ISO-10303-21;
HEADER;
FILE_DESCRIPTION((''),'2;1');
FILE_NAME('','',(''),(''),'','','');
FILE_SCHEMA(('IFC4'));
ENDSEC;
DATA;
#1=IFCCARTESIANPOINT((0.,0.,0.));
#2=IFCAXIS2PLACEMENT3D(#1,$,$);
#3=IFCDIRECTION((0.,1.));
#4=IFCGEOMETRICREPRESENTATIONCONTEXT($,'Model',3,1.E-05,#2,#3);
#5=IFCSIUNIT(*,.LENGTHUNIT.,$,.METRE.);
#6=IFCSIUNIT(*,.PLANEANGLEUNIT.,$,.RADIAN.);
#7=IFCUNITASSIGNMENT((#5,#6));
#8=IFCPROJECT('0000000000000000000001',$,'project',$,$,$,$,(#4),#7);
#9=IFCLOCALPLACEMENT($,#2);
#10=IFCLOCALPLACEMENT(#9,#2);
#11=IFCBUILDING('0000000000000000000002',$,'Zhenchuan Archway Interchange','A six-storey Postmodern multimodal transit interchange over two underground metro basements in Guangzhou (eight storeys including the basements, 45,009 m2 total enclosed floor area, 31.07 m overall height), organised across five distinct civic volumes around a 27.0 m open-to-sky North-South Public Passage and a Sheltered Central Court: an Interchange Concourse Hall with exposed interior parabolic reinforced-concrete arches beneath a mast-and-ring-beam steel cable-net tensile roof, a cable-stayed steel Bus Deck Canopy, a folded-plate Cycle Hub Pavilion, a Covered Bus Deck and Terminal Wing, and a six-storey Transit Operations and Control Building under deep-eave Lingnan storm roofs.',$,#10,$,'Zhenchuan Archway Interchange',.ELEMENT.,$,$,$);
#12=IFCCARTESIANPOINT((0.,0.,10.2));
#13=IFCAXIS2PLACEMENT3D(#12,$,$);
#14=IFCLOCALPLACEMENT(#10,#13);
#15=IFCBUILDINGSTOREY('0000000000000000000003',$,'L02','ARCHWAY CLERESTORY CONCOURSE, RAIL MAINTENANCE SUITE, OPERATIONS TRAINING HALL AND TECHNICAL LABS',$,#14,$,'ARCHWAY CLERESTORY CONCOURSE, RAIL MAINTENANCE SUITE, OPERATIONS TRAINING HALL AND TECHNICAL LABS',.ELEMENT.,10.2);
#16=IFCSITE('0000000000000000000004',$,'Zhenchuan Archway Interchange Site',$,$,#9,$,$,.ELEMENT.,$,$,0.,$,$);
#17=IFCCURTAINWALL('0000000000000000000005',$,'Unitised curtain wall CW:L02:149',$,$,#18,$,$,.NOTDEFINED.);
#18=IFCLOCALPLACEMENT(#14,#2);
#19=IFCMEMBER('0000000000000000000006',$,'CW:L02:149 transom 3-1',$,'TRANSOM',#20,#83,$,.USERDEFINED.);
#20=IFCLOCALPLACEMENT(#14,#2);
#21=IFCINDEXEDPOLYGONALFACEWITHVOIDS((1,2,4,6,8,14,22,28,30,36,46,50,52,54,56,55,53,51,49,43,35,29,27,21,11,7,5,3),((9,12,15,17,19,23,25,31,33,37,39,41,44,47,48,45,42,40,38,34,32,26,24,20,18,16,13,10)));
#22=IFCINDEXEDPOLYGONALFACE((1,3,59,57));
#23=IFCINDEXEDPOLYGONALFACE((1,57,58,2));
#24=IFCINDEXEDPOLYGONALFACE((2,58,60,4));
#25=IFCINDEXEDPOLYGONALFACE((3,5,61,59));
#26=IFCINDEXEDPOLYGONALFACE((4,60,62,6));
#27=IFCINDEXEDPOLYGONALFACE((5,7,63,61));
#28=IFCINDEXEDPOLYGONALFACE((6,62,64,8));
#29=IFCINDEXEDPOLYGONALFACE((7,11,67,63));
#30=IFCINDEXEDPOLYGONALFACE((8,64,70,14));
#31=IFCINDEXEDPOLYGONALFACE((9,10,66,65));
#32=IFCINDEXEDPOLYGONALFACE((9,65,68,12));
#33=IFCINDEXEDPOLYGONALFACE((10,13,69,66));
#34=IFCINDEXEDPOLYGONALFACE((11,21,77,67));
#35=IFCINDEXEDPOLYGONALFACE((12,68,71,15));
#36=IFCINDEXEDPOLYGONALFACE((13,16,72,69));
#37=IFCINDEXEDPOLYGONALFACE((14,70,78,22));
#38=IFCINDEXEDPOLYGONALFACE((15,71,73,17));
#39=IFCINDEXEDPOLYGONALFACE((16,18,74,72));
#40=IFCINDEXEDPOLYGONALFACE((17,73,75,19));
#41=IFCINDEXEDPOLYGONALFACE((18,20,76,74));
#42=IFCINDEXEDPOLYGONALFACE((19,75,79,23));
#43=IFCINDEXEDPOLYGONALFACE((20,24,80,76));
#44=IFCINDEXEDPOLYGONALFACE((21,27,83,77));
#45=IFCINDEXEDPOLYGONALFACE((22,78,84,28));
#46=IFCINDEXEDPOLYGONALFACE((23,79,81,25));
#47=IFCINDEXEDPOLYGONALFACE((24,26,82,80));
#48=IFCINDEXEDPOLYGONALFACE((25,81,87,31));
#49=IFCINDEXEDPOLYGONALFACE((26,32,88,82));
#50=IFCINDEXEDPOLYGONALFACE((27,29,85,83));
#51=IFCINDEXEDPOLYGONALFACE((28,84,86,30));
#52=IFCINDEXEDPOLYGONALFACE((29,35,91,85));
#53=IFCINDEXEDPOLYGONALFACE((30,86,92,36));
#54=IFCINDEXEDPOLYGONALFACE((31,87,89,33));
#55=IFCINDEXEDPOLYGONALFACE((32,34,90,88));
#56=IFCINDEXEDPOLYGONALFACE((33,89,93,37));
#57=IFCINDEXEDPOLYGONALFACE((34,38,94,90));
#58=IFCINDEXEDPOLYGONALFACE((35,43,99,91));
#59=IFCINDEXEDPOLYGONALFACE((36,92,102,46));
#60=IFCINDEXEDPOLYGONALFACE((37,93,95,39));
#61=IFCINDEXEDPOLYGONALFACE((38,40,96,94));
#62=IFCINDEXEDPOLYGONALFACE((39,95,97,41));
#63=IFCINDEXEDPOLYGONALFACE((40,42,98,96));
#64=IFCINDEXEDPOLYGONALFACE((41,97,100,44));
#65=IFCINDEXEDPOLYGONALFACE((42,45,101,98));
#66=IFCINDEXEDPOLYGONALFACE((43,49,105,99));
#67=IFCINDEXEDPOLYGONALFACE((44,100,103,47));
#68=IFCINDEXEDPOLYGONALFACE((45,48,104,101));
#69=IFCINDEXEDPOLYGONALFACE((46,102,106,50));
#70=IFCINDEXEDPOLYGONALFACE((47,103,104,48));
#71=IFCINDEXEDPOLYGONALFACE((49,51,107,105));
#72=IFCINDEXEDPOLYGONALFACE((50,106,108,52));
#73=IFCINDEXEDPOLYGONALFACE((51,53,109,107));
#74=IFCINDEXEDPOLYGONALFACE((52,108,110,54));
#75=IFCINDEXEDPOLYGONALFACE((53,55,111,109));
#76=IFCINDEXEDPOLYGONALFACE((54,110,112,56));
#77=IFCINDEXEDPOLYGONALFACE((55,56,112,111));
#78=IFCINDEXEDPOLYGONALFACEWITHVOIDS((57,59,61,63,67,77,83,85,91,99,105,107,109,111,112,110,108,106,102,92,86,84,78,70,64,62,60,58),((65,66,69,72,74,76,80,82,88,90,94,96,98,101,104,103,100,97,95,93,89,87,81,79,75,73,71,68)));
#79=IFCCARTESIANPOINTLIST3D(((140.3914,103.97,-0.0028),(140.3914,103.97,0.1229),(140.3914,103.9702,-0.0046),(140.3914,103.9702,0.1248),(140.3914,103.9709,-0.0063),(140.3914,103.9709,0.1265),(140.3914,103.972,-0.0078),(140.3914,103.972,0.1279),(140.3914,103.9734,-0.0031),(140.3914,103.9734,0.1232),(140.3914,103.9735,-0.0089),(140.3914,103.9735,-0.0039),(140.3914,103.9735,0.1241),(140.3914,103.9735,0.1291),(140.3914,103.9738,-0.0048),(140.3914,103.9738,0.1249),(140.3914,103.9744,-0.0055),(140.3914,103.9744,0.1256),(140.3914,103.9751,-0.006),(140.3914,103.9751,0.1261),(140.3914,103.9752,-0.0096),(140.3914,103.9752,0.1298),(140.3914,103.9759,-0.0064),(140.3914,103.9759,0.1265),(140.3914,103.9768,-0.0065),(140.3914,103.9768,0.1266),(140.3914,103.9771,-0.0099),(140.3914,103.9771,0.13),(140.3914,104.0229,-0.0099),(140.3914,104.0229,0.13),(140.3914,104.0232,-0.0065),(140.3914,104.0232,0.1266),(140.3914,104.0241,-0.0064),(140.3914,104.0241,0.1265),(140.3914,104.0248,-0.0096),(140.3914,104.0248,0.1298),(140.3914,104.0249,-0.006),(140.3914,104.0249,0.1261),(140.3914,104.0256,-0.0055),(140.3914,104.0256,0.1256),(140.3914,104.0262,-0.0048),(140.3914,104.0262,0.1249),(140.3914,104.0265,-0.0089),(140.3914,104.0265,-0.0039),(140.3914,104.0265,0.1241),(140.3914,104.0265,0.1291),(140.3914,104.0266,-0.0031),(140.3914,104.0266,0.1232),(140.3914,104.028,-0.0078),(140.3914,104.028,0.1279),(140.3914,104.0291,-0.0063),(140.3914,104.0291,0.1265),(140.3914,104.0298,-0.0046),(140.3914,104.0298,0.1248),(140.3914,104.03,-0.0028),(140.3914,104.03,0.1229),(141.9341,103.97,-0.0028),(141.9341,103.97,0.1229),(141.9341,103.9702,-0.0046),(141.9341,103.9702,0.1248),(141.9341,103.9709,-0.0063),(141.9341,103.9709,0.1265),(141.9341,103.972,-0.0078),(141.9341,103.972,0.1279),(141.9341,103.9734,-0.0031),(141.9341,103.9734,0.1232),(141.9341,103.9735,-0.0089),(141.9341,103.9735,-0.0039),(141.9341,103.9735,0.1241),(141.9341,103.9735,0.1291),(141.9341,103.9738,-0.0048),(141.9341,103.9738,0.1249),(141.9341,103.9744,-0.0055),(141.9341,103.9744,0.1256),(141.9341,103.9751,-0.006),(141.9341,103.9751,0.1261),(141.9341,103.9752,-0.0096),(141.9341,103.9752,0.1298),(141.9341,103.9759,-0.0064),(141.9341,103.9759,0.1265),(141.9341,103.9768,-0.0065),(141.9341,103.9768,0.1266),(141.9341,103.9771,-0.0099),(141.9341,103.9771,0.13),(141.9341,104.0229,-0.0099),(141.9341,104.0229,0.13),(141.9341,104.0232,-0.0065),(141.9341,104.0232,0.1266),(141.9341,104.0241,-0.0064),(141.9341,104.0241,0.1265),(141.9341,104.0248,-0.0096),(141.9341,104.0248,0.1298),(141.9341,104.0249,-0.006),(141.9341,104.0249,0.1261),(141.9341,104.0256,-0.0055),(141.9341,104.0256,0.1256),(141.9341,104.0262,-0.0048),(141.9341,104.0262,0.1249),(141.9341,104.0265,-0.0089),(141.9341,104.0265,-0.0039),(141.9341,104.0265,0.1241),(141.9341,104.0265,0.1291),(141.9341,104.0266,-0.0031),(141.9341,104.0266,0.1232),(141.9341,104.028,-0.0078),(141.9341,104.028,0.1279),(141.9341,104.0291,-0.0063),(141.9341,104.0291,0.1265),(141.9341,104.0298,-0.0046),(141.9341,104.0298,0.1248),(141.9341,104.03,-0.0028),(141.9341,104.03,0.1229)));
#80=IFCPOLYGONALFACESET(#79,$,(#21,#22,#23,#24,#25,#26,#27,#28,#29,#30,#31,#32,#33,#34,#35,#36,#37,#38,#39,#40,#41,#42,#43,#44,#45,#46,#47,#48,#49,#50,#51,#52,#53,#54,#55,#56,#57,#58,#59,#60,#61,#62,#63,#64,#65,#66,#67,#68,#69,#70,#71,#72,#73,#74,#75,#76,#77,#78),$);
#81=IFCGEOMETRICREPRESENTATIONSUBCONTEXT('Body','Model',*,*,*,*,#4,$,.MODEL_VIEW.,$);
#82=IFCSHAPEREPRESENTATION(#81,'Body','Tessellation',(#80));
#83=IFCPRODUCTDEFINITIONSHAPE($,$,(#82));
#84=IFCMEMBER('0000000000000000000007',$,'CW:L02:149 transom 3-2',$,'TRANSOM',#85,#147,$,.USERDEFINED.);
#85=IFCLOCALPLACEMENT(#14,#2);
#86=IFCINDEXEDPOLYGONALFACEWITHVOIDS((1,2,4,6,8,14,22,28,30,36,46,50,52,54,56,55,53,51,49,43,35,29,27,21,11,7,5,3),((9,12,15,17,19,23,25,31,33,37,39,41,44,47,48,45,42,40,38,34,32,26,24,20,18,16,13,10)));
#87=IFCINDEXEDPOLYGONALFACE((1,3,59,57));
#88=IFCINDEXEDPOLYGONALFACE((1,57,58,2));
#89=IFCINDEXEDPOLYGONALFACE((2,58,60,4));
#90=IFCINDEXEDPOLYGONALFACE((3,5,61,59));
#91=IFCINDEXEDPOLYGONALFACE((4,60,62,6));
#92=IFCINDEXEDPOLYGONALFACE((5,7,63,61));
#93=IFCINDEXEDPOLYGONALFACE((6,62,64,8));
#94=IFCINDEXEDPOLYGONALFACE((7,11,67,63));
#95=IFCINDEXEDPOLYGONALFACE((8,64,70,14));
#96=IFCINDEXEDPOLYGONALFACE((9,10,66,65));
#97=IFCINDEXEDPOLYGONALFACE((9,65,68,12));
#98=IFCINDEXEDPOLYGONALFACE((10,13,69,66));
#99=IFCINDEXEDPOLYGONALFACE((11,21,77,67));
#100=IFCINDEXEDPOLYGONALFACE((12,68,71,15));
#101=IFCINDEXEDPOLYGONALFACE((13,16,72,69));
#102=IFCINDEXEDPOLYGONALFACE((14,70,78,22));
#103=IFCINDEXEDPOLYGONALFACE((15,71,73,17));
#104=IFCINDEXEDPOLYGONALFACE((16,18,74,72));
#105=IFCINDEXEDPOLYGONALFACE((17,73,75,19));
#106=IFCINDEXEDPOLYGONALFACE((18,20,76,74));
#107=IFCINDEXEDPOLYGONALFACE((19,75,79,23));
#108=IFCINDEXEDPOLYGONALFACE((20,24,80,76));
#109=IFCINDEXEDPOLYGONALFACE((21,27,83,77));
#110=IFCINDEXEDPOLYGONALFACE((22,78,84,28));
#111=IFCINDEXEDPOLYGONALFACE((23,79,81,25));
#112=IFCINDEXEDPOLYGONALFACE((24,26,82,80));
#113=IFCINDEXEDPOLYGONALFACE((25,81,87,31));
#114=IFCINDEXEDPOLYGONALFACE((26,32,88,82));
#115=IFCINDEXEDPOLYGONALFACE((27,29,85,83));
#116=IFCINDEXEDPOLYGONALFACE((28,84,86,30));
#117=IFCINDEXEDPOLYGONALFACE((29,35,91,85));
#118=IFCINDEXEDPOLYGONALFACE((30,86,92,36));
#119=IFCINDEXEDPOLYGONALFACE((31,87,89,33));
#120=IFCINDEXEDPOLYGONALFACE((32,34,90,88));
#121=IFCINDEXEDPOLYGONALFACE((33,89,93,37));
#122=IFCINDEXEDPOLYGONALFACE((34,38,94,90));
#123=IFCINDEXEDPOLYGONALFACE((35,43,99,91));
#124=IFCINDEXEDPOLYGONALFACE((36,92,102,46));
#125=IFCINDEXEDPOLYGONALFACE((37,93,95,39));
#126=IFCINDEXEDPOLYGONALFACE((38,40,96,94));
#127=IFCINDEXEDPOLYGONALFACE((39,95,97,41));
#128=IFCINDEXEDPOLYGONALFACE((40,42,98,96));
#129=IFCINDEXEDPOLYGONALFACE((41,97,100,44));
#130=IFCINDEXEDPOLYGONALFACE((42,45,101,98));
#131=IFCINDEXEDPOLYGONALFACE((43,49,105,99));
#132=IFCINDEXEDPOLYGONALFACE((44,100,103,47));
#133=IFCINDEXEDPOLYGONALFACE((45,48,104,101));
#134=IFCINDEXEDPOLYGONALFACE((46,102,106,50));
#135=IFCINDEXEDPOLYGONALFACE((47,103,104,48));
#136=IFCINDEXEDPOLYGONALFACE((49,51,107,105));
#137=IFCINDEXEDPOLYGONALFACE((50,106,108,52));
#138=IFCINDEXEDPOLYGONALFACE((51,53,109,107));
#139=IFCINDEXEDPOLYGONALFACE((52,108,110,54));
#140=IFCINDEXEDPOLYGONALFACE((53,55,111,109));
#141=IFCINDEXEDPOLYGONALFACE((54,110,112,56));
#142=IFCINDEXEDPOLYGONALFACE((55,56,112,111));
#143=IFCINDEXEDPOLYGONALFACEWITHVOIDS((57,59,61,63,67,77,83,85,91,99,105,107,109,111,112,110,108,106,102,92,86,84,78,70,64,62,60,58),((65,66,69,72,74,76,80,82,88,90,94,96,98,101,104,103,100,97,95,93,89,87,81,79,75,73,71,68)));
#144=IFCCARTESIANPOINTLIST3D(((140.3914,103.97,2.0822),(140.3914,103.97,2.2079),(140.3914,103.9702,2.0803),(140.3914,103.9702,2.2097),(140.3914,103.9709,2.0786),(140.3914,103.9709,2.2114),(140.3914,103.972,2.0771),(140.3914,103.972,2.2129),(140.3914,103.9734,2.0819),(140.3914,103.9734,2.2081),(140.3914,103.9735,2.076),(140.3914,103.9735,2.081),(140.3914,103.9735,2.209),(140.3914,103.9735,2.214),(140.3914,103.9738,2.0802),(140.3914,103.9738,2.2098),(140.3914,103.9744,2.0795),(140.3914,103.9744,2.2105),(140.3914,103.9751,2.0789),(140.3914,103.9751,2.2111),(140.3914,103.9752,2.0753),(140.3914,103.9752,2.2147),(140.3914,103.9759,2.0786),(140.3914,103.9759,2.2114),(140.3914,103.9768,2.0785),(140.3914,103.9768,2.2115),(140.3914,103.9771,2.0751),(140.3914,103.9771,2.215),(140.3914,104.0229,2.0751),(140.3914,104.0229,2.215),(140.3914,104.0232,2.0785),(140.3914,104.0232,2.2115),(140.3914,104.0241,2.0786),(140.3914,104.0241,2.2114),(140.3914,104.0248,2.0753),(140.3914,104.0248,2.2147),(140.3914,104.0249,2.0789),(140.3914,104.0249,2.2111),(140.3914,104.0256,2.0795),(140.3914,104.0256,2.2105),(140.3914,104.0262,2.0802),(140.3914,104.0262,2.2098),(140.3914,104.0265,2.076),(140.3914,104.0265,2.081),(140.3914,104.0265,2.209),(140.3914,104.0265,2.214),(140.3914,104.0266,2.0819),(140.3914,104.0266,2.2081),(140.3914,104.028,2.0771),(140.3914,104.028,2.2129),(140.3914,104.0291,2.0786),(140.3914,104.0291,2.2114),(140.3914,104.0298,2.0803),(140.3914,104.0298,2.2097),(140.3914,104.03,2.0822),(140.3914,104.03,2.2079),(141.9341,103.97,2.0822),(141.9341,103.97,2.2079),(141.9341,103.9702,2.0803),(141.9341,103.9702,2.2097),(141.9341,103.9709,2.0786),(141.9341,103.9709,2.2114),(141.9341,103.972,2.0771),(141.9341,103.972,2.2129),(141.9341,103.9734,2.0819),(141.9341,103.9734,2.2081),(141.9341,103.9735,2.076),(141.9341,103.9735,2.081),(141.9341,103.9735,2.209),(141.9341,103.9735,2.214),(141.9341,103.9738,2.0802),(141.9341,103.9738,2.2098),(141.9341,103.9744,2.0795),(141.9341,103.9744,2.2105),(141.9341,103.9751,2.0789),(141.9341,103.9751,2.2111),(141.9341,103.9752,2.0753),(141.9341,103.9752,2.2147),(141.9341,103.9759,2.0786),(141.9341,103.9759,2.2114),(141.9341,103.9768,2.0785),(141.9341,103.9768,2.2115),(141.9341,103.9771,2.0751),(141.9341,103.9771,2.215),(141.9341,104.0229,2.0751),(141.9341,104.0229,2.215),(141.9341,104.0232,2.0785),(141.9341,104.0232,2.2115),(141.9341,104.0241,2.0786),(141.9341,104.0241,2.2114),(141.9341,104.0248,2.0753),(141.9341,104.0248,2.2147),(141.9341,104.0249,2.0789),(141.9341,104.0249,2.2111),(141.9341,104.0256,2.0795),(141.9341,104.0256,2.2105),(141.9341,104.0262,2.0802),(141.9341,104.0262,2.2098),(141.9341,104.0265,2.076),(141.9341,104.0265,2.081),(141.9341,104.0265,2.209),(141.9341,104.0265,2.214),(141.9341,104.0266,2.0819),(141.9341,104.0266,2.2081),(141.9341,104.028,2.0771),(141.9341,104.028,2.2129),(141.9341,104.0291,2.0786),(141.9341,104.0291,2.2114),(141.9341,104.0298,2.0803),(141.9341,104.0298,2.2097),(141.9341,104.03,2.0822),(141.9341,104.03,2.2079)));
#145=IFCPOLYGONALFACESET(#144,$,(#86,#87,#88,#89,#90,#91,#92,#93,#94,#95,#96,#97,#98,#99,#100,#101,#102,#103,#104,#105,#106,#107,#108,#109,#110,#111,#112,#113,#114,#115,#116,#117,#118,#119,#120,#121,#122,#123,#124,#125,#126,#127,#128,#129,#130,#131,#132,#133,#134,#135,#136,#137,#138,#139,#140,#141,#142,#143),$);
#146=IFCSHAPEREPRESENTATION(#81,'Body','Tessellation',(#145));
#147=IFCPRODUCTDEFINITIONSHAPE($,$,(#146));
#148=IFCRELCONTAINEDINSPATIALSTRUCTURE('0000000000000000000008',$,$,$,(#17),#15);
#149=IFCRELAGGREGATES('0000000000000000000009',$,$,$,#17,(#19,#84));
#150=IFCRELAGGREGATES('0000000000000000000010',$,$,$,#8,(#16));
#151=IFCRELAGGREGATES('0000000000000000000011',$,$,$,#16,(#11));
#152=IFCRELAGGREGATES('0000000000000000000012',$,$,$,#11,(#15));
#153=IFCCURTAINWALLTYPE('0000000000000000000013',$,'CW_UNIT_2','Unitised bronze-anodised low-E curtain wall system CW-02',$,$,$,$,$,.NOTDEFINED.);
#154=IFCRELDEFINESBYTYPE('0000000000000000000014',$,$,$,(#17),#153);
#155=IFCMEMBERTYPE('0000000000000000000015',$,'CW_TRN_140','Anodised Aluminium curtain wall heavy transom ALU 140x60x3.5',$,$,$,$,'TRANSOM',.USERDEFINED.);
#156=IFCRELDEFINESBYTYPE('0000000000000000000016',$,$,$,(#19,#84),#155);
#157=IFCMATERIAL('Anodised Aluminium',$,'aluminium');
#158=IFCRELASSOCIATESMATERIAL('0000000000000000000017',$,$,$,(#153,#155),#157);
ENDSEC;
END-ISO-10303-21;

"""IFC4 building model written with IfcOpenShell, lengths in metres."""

from ifc_helpers import new_model, si_unit, direction, frame, origin, origin_2d, place, context, subcontext, project, spatial, hollow_rectangle, extrude, material, material_profile, profile_set, type_object, element, aggregate, save


model = new_model("IFC4")

# Units and contexts
model_context = context("Model", 3, precision=1e-05, world=origin(), true_north=direction((0.0, 1.0)))
body_context = subcontext(model_context, "Body", "Model", "MODEL_VIEW")
ifc_project = project(units=[si_unit("LENGTHUNIT", "METRE"), si_unit("PLANEANGLEUNIT", "RADIAN")], contexts=[model_context])

# Site, building, storey
site_placement = place(None, origin())
site = spatial("IfcSite", under=ifc_project, at=site_placement, Name="Zhenchuan Archway Interchange Site", CompositionType="ELEMENT", RefElevation=0.0)
building_placement = place(site_placement, origin())
building = spatial("IfcBuilding", under=site, at=building_placement, Name="Zhenchuan Archway Interchange", Description="A six-storey Postmodern multimodal transit interchange over two underground metro basements in Guangzhou (eight storeys including the basements, 45,009 m2 total enclosed floor area, 31.07 m overall height), organised across five distinct civic volumes around a 27.0 m open-to-sky North-South Public Passage and a Sheltered Central Court: an Interchange Concourse Hall with exposed interior parabolic reinforced-concrete arches beneath a mast-and-ring-beam steel cable-net tensile roof, a cable-stayed steel Bus Deck Canopy, a folded-plate Cycle Hub Pavilion, a Covered Bus Deck and Terminal Wing, and a six-storey Transit Operations and Control Building under deep-eave Lingnan storm roofs.", LongName="Zhenchuan Archway Interchange", CompositionType="ELEMENT")
storey_placement = place(building_placement, frame((0.0, 0.0, 10.2)))
storey = spatial("IfcBuildingStorey", under=building, at=storey_placement, Name="L02", Description="ARCHWAY CLERESTORY CONCOURSE, RAIL MAINTENANCE SUITE, OPERATIONS TRAINING HALL AND TECHNICAL LABS", LongName="ARCHWAY CLERESTORY CONCOURSE, RAIL MAINTENANCE SUITE, OPERATIONS TRAINING HALL AND TECHNICAL LABS", CompositionType="ELEMENT", Elevation=10.2)

# Curtain wall, members
ifc_material_1 = material(Name="Anodised Aluminium", Category="aluminium")
curtain_wall_type = type_object("IfcCurtainWallType", Name="CW_UNIT_2", Description="Unitised bronze-anodised low-E curtain wall system CW-02", PredefinedType="NOTDEFINED", material=ifc_material_1)
curtain_wall_placement = place(storey_placement, origin())
curtain_wall = element("IfcCurtainWall", 1, at=curtain_wall_placement, inside=storey, type_object=curtain_wall_type, Name="Unitised curtain wall CW:L02:149", PredefinedType="NOTDEFINED")
ifc_material_profile_1 = material_profile(ifc_material_1, hollow_rectangle(XDim=0.0601, YDim=0.1399, WallThickness=0.0034, InnerFilletRadius=0.0034, OuterFilletRadius=0.0071, at=origin_2d()), Name="ALU 140x60x3.5")
ifc_profile_set_1 = profile_set([ifc_material_profile_1], Name="Anodised Aluminium")
member_type_1 = type_object("IfcMemberType", Name="CW_TRN_140", Description="Anodised Aluminium curtain wall heavy transom ALU 140x60x3.5", ElementType="TRANSOM", PredefinedType="USERDEFINED", material=ifc_profile_set_1)
member_1_placement = place(storey_placement, frame((140.3914, 104.0, 0.0601), z_axis=(1.0, 0.0, 0.0), x_axis=(0.0, 1.0, 0.0)))
member_1 = element("IfcMember", 2, at=member_1_placement, type_object=member_type_1, Name="CW:L02:149 transom 3-1", ObjectType="TRANSOM", PredefinedType="USERDEFINED", context=body_context, shape_type="SweptSolid", body=[
    extrude(hollow_rectangle(XDim=0.0601, YDim=0.1399, WallThickness=0.0034, InnerFilletRadius=0.0034, OuterFilletRadius=0.0071, at=origin_2d()), origin(), (0.0, 0.0, 1.0), 1.5427),
])
member_2_placement = place(storey_placement, frame((140.3914, 104.0, 2.145), z_axis=(1.0, 0.0, 0.0), x_axis=(0.0, 1.0, 0.0)))
member_2 = element("IfcMember", 3, at=member_2_placement, type_object=member_type_1, Name="CW:L02:149 transom 3-2", ObjectType="TRANSOM", PredefinedType="USERDEFINED", context=body_context, shape_type="SweptSolid", body=[
    extrude(hollow_rectangle(XDim=0.0601, YDim=0.1399, WallThickness=0.0034, InnerFilletRadius=0.0034, OuterFilletRadius=0.0071, at=origin_2d()), origin(), (0.0, 0.0, 1.0), 1.5427),
])

aggregate(curtain_wall, [member_1, member_2])

save(model, "model.ifc")
